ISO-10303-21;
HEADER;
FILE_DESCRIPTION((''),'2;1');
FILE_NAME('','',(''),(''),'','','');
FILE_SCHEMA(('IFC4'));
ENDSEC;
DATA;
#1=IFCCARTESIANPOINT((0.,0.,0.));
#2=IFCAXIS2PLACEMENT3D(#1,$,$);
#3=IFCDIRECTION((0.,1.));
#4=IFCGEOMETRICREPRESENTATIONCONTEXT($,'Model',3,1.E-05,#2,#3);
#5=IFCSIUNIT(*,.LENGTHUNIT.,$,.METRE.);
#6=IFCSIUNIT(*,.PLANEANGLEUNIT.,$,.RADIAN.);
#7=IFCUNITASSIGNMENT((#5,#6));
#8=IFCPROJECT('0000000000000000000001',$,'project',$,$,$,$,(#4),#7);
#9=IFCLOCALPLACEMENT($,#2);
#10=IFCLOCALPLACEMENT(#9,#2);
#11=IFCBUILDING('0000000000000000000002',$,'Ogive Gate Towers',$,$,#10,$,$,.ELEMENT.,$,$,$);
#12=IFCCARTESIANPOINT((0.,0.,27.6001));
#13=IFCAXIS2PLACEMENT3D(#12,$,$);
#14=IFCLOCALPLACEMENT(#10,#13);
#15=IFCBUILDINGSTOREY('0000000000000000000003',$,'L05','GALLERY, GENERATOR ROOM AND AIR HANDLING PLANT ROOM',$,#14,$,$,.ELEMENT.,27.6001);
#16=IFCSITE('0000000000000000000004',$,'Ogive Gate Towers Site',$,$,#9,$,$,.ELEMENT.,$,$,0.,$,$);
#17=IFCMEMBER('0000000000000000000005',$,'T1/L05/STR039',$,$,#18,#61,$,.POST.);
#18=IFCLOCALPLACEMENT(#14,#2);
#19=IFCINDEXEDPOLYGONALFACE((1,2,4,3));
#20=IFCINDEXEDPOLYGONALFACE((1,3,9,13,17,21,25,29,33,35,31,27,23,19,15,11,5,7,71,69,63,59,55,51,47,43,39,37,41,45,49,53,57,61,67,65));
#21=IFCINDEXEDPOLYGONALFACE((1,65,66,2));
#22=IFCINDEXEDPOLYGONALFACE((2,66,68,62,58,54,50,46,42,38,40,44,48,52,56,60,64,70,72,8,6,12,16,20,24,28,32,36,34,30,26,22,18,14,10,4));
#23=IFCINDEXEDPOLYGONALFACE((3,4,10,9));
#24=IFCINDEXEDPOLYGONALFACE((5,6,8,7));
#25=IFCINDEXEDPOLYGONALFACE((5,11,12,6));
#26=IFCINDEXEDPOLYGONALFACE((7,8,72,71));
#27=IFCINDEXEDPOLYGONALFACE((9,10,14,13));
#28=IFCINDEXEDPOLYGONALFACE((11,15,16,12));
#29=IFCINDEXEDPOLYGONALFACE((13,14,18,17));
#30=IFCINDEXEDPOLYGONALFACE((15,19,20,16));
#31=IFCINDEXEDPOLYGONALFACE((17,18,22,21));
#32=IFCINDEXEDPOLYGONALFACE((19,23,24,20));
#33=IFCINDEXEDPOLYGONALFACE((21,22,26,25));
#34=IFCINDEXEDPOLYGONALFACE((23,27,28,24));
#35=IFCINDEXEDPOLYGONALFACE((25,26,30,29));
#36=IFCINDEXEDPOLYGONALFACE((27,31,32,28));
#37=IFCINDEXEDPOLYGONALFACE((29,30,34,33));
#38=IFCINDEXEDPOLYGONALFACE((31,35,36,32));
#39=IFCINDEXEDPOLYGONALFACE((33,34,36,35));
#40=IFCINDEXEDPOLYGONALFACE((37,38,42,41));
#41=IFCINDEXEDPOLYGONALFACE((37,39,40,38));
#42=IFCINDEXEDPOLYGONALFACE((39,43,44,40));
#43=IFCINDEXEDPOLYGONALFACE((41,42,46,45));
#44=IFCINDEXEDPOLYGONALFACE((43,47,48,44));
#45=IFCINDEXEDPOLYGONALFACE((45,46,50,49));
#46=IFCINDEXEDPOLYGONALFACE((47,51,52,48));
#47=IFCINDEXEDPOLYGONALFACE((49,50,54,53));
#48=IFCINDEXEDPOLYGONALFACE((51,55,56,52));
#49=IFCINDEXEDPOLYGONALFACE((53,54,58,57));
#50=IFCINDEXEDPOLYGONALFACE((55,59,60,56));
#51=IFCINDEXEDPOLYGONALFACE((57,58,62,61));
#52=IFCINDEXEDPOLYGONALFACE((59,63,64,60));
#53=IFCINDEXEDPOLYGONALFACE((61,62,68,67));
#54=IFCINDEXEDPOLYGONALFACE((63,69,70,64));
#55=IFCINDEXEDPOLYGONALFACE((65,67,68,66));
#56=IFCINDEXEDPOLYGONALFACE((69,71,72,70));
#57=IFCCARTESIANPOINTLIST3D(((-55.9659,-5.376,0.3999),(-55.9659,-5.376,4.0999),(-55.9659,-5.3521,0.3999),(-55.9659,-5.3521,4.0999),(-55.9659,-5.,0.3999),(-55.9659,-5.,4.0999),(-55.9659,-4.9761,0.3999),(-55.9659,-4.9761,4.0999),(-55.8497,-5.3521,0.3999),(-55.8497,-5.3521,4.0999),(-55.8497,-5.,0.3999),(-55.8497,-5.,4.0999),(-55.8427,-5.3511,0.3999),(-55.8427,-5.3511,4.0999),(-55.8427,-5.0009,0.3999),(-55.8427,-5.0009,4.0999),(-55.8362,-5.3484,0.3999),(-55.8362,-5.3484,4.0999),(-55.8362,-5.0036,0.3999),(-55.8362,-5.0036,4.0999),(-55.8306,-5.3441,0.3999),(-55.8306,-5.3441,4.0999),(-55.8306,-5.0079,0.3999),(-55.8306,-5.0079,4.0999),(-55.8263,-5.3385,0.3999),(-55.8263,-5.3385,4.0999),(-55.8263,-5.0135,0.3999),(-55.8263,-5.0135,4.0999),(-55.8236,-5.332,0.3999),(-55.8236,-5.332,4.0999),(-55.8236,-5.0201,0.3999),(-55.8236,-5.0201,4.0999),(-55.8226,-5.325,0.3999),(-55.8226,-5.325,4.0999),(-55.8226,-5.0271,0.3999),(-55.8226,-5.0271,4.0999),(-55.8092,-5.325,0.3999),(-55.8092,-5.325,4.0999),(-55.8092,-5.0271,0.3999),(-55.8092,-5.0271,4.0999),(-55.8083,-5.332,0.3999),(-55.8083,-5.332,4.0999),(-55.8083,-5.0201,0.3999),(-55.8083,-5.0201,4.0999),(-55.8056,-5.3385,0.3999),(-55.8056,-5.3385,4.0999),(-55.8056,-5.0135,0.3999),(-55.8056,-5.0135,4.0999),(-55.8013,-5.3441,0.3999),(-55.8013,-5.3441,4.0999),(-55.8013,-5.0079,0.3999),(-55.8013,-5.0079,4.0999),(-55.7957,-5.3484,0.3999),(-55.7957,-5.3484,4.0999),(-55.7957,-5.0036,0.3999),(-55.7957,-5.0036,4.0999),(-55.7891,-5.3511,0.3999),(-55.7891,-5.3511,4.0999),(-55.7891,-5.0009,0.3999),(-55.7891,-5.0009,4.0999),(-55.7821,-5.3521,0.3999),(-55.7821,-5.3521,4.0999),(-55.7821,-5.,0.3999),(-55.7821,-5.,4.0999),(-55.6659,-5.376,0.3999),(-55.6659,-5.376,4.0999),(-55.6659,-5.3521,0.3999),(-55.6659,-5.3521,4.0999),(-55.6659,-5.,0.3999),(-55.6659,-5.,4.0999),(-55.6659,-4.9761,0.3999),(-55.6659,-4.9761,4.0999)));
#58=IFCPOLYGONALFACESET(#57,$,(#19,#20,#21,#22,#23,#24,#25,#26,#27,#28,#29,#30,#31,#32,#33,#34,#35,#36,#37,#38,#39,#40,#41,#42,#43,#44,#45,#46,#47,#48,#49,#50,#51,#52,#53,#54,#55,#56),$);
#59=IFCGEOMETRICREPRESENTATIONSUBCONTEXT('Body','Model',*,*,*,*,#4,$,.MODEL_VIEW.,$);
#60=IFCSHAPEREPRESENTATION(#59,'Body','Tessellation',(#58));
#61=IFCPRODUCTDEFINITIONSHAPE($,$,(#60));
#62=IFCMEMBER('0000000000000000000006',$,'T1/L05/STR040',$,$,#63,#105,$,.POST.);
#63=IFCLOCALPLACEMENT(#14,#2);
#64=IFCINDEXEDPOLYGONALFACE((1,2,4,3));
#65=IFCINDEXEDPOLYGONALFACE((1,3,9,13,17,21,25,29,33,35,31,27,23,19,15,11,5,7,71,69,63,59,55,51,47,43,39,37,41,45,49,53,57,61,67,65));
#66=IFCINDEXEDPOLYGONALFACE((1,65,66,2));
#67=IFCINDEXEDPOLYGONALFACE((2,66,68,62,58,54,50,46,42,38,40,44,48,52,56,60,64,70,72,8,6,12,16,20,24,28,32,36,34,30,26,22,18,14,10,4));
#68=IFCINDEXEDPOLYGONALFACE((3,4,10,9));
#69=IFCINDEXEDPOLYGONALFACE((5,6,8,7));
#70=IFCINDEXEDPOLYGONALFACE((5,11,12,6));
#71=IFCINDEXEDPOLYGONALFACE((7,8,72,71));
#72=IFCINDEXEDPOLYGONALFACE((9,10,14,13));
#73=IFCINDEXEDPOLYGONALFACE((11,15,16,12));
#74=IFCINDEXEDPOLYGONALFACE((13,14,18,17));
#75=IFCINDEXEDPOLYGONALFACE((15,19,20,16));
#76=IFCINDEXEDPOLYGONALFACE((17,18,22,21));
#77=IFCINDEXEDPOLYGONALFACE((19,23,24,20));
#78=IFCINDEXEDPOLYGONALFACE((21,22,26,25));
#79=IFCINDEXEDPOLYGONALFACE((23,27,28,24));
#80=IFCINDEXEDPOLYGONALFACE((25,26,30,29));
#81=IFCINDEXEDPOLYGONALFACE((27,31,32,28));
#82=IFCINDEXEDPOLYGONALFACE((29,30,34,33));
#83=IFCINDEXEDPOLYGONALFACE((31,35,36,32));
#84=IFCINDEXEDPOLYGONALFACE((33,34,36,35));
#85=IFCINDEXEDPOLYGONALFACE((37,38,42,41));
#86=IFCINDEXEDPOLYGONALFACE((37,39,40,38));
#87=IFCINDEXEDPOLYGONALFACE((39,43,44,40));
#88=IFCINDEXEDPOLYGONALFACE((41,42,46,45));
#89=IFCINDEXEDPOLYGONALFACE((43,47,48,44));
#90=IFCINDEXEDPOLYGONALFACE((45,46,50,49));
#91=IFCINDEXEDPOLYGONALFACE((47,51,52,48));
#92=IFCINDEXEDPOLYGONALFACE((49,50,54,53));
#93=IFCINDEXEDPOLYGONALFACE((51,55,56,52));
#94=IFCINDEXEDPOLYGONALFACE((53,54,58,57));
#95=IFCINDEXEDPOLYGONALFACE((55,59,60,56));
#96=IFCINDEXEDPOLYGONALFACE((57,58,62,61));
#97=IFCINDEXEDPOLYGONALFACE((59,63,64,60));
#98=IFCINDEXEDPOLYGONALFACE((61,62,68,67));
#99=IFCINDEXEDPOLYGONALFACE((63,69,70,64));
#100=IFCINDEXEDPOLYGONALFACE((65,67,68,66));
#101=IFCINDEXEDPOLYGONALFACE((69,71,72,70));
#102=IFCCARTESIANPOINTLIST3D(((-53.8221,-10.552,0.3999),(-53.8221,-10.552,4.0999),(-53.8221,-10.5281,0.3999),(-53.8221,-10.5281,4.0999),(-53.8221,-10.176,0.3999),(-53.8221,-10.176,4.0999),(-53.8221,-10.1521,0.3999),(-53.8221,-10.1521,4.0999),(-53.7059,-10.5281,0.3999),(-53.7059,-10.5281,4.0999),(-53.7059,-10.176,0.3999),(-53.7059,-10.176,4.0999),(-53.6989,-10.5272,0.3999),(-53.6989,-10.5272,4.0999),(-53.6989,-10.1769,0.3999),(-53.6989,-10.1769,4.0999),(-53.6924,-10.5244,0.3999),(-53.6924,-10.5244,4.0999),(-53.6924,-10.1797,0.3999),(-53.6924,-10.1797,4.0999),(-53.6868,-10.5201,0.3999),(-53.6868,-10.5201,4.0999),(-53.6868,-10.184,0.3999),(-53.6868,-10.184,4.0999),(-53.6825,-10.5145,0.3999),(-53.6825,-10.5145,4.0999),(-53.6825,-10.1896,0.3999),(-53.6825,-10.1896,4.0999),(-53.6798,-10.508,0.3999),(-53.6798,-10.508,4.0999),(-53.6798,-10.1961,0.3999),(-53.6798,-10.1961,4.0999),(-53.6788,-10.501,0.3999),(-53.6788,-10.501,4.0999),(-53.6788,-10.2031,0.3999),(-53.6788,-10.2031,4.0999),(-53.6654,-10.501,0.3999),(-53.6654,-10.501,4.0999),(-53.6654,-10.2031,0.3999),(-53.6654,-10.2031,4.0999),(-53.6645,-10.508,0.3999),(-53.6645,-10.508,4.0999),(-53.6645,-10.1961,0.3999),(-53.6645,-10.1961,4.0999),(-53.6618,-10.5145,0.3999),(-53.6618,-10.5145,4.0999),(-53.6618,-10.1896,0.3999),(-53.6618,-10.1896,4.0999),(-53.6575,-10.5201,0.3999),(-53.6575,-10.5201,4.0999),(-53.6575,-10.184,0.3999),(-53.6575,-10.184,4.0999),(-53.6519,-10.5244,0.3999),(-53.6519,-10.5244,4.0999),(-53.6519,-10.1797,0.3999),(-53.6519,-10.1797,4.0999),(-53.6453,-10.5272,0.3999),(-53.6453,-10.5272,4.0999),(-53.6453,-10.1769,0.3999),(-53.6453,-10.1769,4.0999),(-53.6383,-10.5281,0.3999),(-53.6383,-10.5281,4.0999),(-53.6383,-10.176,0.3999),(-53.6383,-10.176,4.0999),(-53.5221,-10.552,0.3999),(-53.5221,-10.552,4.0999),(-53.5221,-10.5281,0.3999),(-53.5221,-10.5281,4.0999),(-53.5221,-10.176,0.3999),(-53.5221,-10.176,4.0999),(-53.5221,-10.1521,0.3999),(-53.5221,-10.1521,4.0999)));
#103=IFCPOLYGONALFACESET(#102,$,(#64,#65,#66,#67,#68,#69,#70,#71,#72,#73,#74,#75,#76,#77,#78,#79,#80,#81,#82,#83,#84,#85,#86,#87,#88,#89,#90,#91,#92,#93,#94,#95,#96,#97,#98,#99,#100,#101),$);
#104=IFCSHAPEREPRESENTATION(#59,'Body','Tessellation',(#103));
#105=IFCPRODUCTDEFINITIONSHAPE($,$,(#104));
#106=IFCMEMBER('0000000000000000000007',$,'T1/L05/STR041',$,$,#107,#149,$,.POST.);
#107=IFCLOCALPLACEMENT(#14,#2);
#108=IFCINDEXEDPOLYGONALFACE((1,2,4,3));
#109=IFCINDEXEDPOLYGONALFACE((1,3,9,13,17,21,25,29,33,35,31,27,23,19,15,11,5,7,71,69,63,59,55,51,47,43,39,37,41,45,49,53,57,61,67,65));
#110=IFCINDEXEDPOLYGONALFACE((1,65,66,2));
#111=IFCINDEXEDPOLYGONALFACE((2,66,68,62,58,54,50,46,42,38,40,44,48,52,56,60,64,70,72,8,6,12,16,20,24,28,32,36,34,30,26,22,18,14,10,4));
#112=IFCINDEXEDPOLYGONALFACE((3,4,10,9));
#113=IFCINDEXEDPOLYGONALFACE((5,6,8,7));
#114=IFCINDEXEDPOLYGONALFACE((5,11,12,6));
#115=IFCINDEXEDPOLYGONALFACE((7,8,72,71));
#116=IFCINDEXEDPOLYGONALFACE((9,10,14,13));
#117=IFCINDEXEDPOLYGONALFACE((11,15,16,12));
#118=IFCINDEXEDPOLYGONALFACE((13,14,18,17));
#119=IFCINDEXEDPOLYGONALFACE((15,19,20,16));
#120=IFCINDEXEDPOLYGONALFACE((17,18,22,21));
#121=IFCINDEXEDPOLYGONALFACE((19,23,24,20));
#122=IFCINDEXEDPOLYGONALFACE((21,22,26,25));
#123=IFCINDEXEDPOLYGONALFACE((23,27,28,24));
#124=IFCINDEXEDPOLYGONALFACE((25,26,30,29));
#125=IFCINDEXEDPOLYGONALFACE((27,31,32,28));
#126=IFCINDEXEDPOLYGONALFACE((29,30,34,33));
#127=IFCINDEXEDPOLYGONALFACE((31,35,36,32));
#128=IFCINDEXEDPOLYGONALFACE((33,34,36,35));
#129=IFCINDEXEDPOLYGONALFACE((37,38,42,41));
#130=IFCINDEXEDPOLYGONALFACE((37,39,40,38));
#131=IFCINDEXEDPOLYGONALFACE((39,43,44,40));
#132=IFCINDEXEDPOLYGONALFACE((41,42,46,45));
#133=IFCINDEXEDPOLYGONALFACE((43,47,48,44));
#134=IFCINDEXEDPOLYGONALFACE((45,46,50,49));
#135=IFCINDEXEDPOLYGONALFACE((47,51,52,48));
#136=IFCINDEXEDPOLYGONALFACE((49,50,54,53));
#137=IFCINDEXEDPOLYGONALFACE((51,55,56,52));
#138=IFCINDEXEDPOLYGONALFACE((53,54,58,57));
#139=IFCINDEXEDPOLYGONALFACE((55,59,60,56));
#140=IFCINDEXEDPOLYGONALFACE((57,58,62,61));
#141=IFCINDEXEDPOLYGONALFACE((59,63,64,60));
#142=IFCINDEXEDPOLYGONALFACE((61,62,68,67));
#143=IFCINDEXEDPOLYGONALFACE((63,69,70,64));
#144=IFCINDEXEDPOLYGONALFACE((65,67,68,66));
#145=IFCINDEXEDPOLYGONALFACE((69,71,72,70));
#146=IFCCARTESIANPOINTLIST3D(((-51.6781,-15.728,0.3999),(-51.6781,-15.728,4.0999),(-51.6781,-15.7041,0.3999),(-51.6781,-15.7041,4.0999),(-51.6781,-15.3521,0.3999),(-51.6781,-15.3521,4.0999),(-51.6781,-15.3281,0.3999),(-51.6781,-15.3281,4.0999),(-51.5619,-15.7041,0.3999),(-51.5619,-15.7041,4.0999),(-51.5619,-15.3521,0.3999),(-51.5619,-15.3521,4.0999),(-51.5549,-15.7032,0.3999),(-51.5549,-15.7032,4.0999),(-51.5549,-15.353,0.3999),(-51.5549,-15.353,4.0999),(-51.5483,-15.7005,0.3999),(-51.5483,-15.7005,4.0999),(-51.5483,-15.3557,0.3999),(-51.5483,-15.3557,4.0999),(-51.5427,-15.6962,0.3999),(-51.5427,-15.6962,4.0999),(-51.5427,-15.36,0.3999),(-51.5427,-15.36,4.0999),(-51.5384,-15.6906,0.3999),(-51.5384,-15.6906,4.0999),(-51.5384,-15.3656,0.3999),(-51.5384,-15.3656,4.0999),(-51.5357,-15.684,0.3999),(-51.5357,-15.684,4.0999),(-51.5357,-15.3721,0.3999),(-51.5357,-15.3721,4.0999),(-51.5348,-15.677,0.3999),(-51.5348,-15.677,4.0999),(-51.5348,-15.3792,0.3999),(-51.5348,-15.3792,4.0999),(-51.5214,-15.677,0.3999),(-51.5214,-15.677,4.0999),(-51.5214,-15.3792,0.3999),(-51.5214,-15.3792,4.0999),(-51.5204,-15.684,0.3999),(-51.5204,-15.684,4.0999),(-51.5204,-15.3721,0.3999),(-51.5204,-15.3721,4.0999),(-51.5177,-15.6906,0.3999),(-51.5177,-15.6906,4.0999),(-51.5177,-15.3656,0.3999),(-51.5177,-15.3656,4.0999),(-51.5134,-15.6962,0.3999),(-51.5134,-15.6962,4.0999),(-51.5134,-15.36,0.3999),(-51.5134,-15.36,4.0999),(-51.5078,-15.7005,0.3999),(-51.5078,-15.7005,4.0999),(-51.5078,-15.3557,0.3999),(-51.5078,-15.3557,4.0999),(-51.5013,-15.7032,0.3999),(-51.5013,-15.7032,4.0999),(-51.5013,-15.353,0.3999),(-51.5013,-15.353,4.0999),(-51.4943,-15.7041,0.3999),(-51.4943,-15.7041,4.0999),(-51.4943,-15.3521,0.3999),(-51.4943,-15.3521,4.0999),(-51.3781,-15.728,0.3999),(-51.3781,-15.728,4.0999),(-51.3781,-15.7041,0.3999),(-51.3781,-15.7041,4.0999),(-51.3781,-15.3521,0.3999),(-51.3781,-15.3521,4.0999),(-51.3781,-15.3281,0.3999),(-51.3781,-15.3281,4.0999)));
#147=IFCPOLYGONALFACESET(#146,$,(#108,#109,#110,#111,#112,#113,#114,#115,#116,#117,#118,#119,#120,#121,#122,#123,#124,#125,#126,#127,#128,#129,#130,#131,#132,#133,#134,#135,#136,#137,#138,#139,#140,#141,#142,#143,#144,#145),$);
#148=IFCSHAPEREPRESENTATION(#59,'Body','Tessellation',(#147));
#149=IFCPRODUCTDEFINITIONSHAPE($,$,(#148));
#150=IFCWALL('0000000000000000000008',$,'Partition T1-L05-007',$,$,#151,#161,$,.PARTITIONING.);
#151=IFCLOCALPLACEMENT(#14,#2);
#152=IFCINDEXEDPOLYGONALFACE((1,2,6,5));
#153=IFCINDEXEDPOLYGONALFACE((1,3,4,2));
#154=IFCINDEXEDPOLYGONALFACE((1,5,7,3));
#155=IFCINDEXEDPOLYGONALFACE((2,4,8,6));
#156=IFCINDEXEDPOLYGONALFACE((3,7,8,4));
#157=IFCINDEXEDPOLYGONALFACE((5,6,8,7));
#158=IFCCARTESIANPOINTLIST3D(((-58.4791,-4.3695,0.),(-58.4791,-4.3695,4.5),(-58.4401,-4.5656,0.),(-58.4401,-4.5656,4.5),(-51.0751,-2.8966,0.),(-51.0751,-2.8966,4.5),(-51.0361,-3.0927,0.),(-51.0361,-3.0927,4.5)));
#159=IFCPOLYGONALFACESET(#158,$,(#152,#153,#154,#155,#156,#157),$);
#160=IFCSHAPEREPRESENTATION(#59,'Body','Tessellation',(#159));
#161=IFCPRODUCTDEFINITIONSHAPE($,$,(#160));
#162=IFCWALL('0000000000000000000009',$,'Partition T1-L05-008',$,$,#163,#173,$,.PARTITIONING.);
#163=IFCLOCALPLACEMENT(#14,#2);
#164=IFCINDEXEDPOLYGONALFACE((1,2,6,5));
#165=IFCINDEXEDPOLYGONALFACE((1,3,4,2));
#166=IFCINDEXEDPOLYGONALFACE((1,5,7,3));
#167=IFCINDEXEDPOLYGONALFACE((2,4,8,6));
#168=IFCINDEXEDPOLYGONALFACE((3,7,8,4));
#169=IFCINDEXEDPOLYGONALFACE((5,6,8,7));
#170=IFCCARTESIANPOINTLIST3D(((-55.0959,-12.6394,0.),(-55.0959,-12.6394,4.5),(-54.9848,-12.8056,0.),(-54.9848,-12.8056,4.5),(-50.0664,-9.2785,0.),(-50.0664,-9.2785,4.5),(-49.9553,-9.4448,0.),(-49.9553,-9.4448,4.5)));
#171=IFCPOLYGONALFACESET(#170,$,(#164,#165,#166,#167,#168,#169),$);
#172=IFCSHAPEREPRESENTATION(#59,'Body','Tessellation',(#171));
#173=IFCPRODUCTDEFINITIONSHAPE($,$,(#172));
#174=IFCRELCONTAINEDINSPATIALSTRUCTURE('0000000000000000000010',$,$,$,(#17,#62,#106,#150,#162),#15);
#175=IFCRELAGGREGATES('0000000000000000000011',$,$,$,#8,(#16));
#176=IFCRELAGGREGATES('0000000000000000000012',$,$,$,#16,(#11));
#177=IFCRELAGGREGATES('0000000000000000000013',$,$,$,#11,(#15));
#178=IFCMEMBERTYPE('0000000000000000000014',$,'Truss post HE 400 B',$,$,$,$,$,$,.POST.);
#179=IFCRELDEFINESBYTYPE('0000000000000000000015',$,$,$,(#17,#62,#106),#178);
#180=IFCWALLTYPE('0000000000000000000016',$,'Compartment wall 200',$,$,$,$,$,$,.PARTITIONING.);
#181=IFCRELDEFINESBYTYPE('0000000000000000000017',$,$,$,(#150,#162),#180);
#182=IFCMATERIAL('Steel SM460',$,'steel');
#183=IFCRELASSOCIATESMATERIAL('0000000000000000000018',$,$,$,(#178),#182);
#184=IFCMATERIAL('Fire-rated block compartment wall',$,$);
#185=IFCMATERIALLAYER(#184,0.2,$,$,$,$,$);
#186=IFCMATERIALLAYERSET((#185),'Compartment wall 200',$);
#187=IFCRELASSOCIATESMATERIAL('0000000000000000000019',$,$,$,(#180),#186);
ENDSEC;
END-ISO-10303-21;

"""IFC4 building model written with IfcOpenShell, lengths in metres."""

from ifc_helpers import new_model, si_unit, direction, frame, frame_2d, origin, origin_2d, place, context, subcontext, project, spatial, rectangle, i_section, extrude, material, layer, layer_set, material_profile, profile_set, type_object, element, save


model = new_model("IFC4")

# Units and contexts
model_context = context("Model", 3, precision=1e-05, world=origin(), true_north=direction((0.0, 1.0)))
body_context = subcontext(model_context, "Body", "Model", "MODEL_VIEW")
ifc_project = project(units=[si_unit("LENGTHUNIT", "METRE"), si_unit("PLANEANGLEUNIT", "RADIAN")], contexts=[model_context])

# Site, building, storey
site_placement = place(None, origin())
site = spatial("IfcSite", under=ifc_project, at=site_placement, Name="Ogive Gate Towers Site", CompositionType="ELEMENT", RefElevation=0.0)
building_placement = place(site_placement, origin())
building = spatial("IfcBuilding", under=site, at=building_placement, Name="Ogive Gate Towers", CompositionType="ELEMENT")
storey_placement = place(building_placement, frame((0.0, 0.0, 27.6001)))
storey = spatial("IfcBuildingStorey", under=building, at=storey_placement, Name="L05", Description="GALLERY, GENERATOR ROOM AND AIR HANDLING PLANT ROOM", CompositionType="ELEMENT", Elevation=27.6001)

# Shared definitions
ifc_material_1 = material(Name="Steel SM460", Category="steel")

# Members
ifc_material_profile_1 = material_profile(ifc_material_1, i_section(OverallWidth=0.3, OverallDepth=0.3999, WebThickness=0.0134, FlangeThickness=0.0239, FilletRadius=0.0271, at=origin_2d()), Name="HE 400 B")
ifc_profile_set_1 = profile_set([ifc_material_profile_1], Name="Steel SM460")
member_type_1 = type_object("IfcMemberType", Name="Truss post HE 400 B", PredefinedType="POST", material=ifc_profile_set_1)
for number, where, z_axis, x_axis, name in (
    (1, (-55.8159, -5.176, 0.3999), (0.0, 0.0, 1.0), (1.0, 0.0, 0.0), "T1/L05/STR039"),
    (2, (-53.6721, -10.3521, 0.3999), (0.0, 0.0, 1.0), (1.0, 0.0, 0.0), "T1/L05/STR040"),
    (3, (-51.5281, -15.5281, 0.3999), (0.0, 0.0, 1.0), (1.0, 0.0, 0.0), "T1/L05/STR041"),
):
    element("IfcMember", number, at=place(storey_placement, frame(where, z_axis=z_axis, x_axis=x_axis)), inside=storey, type_object=member_type_1, Name=name, PredefinedType="POST", context=body_context, shape_type="SweptSolid", body=[
        extrude(i_section(OverallWidth=0.3, OverallDepth=0.3999, WebThickness=0.0134, FlangeThickness=0.0239, FilletRadius=0.0271, at=origin_2d()), origin(), (0.0, 0.0, 1.0), 3.7),
    ])

# Walls
ifc_material_2 = material(Name="Fire-rated block compartment wall")
ifc_layer_1 = layer(ifc_material_2, 0.2)
ifc_layer_set_1 = layer_set([ifc_layer_1], Name="Compartment wall 200")
wall_type_1 = type_object("IfcWallType", Name="Compartment wall 200", PredefinedType="PARTITIONING", material=ifc_layer_set_1)
wall_1_placement = place(storey_placement, frame((-58.4595, -4.4675, 0.0), z_axis=(0.0, 0.0, 1.0), x_axis=(0.980782, 0.195109, 0.0)))
element("IfcWall", 4, at=wall_1_placement, inside=storey, type_object=wall_type_1, Name="Partition T1-L05-007", PredefinedType="PARTITIONING", context=body_context, shape_type="SweptSolid", body=[
    extrude(rectangle(XDim=7.5491, YDim=0.2, at=frame_2d((3.7744, 0.0))), origin(), (0.0, 0.0, 1.0), 4.5),
])
wall_2_placement = place(storey_placement, frame((-55.0403, -12.7224, 0.0), z_axis=(0.0, 0.0, 1.0), x_axis=(0.831454, 0.555594, 0.0)))
element("IfcWall", 5, at=wall_2_placement, inside=storey, type_object=wall_type_1, Name="Partition T1-L05-008", PredefinedType="PARTITIONING", context=body_context, shape_type="SweptSolid", body=[
    extrude(rectangle(XDim=6.0491, YDim=0.2, at=frame_2d((3.0244, 0.0))), origin(), (0.0, 0.0, 1.0), 4.5),
])

save(model, "model.ifc")
